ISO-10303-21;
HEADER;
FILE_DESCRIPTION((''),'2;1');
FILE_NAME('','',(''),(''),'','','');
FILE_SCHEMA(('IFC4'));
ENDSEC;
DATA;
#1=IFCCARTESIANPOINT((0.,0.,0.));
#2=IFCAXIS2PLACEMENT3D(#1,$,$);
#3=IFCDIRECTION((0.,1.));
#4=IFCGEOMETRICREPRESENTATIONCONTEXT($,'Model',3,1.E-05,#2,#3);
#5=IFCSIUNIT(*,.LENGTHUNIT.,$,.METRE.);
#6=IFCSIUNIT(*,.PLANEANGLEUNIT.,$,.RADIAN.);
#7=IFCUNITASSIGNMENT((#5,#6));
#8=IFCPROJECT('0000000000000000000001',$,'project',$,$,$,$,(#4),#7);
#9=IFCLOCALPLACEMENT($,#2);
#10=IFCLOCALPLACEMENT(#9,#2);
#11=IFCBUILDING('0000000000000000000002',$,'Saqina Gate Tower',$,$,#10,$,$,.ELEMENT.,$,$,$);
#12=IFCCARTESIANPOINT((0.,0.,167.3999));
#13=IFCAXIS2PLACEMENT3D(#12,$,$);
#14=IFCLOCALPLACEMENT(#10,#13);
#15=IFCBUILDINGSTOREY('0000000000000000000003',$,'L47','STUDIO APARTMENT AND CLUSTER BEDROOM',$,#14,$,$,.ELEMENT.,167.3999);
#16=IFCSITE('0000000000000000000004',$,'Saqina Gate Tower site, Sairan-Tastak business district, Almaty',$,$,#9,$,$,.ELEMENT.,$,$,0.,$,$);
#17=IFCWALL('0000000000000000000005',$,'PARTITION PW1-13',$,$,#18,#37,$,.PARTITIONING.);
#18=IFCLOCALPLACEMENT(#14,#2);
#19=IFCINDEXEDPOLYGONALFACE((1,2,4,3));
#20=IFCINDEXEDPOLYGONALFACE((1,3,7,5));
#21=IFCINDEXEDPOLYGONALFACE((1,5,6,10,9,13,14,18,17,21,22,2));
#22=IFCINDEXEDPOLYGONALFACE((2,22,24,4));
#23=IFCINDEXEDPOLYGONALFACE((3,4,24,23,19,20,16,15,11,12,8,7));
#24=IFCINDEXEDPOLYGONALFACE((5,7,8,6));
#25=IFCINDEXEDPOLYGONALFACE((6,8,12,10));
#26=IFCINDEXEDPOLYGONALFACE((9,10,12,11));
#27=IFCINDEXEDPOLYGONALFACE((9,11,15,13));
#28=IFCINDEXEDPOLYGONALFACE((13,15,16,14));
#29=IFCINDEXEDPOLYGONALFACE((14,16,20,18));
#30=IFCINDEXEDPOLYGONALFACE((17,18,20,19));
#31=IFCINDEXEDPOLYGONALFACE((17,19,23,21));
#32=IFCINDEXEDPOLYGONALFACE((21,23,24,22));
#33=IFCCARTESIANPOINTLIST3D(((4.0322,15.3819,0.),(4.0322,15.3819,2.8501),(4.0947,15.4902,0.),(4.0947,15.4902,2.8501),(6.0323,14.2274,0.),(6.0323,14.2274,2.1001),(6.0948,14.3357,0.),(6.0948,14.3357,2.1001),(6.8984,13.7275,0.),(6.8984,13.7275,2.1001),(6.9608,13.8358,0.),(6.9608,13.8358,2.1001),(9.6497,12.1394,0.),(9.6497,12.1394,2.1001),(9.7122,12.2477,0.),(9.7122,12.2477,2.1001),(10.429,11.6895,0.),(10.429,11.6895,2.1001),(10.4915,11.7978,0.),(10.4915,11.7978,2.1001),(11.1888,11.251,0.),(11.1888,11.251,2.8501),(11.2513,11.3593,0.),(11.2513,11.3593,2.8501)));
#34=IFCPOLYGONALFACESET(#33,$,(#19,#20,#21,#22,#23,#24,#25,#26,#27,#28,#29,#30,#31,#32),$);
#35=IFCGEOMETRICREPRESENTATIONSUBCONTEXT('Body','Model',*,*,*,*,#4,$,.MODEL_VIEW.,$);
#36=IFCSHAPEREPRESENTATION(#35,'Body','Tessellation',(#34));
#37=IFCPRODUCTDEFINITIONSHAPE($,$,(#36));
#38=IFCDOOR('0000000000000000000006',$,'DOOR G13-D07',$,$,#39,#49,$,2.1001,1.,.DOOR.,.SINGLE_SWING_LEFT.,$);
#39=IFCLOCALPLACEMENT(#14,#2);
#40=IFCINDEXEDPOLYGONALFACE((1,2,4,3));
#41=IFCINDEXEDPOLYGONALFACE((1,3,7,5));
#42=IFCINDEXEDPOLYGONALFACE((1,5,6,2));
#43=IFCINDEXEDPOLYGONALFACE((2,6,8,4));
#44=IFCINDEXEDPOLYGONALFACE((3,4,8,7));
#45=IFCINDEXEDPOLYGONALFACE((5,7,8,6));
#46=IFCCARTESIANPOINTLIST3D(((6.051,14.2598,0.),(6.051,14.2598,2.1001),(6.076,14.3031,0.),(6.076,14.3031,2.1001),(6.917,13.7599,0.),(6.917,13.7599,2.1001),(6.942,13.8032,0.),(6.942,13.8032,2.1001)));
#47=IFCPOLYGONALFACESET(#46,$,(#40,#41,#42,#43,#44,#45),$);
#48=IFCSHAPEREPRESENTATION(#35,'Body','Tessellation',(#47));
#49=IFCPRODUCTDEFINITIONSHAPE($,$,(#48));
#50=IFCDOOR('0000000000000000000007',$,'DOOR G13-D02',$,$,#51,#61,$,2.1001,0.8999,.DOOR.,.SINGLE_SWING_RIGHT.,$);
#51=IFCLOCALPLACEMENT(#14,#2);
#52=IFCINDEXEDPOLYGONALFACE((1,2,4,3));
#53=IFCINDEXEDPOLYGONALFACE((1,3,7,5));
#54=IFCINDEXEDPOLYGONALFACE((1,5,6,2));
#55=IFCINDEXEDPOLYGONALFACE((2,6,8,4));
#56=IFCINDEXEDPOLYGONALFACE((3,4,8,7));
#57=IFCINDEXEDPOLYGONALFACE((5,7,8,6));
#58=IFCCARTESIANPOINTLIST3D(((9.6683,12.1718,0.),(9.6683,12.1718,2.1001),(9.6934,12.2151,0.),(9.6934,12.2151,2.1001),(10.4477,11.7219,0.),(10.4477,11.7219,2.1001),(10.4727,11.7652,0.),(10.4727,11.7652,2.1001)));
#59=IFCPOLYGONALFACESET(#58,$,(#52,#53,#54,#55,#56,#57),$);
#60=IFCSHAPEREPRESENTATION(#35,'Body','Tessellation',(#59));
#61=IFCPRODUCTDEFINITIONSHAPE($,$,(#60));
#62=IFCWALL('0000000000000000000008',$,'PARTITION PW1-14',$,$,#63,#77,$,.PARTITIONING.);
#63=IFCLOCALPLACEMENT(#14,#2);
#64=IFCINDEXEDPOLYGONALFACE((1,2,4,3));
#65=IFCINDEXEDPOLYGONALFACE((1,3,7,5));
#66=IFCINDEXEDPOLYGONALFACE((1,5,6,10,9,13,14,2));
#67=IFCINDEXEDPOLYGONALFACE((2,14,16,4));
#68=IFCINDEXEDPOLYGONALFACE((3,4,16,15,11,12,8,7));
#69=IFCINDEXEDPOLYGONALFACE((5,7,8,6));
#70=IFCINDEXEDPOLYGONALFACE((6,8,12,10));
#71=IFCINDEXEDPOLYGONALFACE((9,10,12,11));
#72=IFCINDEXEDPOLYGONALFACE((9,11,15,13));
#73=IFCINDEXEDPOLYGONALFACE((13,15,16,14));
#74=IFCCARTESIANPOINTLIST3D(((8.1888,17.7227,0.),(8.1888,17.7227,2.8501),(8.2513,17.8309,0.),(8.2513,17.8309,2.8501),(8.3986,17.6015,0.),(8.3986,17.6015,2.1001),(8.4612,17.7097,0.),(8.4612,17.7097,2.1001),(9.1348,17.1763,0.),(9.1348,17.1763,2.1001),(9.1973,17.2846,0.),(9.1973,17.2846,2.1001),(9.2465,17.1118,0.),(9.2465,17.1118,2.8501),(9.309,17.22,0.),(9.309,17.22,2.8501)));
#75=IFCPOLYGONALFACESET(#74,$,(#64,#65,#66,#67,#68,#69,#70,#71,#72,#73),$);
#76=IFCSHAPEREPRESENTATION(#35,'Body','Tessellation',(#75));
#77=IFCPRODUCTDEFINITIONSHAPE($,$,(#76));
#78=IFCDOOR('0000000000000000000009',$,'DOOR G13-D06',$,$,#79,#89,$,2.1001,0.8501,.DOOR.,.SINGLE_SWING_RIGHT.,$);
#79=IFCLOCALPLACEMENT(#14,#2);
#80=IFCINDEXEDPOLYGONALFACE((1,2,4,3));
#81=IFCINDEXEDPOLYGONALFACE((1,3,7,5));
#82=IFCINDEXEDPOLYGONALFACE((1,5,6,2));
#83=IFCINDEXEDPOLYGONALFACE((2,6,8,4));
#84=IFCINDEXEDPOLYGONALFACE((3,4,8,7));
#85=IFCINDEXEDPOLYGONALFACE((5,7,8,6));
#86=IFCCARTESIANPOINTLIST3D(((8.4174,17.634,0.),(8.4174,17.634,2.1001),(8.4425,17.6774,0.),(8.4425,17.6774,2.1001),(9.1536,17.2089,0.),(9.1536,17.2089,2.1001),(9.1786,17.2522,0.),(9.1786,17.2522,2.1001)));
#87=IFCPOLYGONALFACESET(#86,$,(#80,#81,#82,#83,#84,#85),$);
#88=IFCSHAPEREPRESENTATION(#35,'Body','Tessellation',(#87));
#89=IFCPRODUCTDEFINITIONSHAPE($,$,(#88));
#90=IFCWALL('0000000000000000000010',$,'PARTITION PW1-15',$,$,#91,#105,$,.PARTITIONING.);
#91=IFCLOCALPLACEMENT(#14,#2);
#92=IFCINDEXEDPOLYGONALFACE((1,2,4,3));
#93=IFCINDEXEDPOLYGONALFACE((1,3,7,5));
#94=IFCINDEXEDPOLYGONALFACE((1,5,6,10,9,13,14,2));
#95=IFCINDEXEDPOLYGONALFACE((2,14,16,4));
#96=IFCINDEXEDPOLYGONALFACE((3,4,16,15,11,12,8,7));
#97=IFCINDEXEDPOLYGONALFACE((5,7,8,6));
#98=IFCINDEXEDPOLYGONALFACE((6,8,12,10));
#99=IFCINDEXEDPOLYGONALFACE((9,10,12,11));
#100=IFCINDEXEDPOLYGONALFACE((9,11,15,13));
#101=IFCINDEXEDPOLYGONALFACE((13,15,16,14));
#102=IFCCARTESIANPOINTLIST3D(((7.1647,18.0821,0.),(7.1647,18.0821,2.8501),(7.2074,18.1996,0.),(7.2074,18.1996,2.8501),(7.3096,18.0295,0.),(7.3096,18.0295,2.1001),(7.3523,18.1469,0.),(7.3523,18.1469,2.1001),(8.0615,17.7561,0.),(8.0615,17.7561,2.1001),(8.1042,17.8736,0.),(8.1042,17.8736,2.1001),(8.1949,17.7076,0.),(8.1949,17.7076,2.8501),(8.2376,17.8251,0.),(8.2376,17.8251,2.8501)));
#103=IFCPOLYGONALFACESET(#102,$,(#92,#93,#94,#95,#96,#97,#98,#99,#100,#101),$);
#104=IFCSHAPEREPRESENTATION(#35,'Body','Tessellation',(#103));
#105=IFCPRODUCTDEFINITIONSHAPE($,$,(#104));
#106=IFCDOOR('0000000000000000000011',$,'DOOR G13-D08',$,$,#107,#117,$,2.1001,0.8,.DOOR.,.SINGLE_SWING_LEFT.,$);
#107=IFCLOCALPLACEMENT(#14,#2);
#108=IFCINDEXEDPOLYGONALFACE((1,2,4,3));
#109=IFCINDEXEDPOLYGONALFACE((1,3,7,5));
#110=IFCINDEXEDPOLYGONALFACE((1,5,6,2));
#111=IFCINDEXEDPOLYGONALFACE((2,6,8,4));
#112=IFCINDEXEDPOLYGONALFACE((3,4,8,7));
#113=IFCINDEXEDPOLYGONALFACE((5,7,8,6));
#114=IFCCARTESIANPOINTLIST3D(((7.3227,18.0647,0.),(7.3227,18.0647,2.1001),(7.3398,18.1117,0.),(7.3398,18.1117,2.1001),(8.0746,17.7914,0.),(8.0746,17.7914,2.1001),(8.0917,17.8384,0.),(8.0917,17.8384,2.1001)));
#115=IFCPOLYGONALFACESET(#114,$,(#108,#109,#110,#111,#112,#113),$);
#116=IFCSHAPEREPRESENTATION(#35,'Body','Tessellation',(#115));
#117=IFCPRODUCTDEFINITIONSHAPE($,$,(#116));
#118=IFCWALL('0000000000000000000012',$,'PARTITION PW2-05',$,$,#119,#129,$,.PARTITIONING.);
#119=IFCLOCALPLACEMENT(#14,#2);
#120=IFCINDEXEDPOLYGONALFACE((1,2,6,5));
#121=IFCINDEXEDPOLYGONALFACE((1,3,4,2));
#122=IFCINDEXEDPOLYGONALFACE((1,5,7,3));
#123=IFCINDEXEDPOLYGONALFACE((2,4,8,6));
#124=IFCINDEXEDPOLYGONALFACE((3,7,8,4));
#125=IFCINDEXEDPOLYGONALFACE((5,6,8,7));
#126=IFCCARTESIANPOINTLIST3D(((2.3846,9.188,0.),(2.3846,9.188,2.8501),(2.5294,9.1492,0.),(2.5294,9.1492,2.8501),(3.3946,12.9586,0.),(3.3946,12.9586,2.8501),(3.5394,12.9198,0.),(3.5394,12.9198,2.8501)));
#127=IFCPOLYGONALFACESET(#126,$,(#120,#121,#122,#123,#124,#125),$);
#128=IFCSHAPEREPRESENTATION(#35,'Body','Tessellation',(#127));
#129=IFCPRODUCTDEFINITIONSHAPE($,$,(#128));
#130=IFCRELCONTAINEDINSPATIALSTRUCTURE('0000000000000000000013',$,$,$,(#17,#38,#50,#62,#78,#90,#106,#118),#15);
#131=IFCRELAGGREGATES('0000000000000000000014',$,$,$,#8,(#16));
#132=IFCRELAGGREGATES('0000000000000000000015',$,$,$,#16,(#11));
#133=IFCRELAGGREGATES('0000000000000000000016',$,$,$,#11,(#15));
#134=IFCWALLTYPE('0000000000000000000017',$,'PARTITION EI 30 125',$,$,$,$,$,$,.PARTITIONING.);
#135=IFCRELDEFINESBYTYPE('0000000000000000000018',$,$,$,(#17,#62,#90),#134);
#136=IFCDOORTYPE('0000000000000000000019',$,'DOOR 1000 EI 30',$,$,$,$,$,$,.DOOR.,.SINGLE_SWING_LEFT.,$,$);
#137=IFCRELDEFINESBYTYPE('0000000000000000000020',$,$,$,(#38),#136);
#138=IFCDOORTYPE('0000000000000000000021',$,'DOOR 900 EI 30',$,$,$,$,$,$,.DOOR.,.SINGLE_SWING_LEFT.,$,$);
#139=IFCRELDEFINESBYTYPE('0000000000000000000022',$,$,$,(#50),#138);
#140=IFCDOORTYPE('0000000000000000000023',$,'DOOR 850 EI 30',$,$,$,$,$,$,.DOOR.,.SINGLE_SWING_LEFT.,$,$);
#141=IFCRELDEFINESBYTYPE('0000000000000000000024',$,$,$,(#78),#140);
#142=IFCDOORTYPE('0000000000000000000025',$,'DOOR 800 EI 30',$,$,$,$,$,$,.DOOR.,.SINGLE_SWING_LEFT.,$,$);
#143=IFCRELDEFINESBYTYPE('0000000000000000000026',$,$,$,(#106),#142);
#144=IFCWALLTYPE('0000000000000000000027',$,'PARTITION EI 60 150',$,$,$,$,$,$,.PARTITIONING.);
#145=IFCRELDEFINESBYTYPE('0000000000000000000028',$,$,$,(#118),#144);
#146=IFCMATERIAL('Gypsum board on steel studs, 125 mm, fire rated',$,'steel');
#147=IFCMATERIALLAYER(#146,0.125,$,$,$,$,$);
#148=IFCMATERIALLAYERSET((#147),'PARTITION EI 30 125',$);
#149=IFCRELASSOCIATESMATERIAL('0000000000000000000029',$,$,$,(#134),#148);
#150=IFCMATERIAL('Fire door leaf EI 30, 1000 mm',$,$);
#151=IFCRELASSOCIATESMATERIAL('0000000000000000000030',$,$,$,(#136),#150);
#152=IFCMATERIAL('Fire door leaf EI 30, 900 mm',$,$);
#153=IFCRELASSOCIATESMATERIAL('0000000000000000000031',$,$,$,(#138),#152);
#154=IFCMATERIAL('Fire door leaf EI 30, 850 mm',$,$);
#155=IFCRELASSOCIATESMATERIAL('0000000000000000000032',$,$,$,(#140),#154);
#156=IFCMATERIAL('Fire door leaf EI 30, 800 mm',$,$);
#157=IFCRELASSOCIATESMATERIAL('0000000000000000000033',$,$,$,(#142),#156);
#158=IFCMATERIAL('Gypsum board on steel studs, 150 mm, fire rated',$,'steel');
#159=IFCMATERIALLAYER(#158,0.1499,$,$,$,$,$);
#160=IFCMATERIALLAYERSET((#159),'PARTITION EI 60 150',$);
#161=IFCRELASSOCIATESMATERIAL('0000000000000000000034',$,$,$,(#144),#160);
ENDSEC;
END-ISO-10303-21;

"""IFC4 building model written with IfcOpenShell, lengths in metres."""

from ifc_helpers import new_model, si_unit, direction, frame, frame_2d, origin, place, context, subcontext, project, spatial, rectangle, extrude, material, layer, layer_set, type_object, element, fill, save


model = new_model("IFC4")

# Units and contexts
model_context = context("Model", 3, precision=1e-05, world=origin(), true_north=direction((0.0, 1.0)))
body_context = subcontext(model_context, "Body", "Model", "MODEL_VIEW")
ifc_project = project(units=[si_unit("LENGTHUNIT", "METRE"), si_unit("PLANEANGLEUNIT", "RADIAN")], contexts=[model_context])

# Site, building, storey
site_placement = place(None, origin())
site = spatial("IfcSite", under=ifc_project, at=site_placement, Name="Saqina Gate Tower site, Sairan-Tastak business district, Almaty", CompositionType="ELEMENT", RefElevation=0.0)
building_placement = place(site_placement, origin())
building = spatial("IfcBuilding", under=site, at=building_placement, Name="Saqina Gate Tower", CompositionType="ELEMENT")
storey_placement = place(building_placement, frame((0.0, 0.0, 167.3999)))
storey = spatial("IfcBuildingStorey", under=building, at=storey_placement, Name="L47", Description="STUDIO APARTMENT AND CLUSTER BEDROOM", CompositionType="ELEMENT", Elevation=167.3999)

# Shared definitions
ifc_material_1 = material(Name="Gypsum board on steel studs, 125 mm, fire rated", Category="steel")
ifc_layer_1 = layer(ifc_material_1, 0.125)
ifc_layer_set_1 = layer_set([ifc_layer_1], Name="PARTITION EI 30 125")
wall_type_1 = type_object("IfcWallType", Name="PARTITION EI 30 125", PredefinedType="PARTITIONING", material=ifc_layer_set_1)
ifc_material_2 = material(Name="Fire door leaf EI 30, 1000 mm")
door_type_1 = type_object("IfcDoorType", Name="DOOR 1000 EI 30", OperationType="SINGLE_SWING_LEFT", PredefinedType="DOOR", material=ifc_material_2)

# Wall, openings, doors
wall_1_placement = place(storey_placement, frame((4.0635, 15.436, 0.0), z_axis=(0.0, 0.0, 1.0), x_axis=(0.866075, -0.499914, 0.0)))
wall_1 = element("IfcWall", 1, at=wall_1_placement, inside=storey, type_object=wall_type_1, Name="PARTITION PW1-13", PredefinedType="PARTITIONING", context=body_context, shape_type="SweptSolid", body=[
    extrude(rectangle(XDim=8.2632, YDim=0.125, at=frame_2d((4.1316, 0.0))), origin(), (0.0, 0.0, 1.0), 2.8501),
])
opening_1_placement = place(wall_1_placement, frame((6.4861, 0.0, 0.0)))
opening_1 = element("IfcOpeningElement", 2, at=opening_1_placement, cuts=wall_1, PredefinedType="OPENING", context=body_context, shape_type="SweptSolid", body=[
    extrude(rectangle(XDim=0.8999, YDim=2.1001, at=frame_2d((0.45, 1.05))), frame((0.0, 0.0745, 0.0), z_axis=(0.0, -1.0, 0.0), x_axis=(1.0, 0.0, 0.0)), (0.0, 0.0, 1.0), 0.1489),
])
opening_2_placement = place(wall_1_placement, frame((2.3093, 0.0, 0.0)))
opening_2 = element("IfcOpeningElement", 3, at=opening_2_placement, cuts=wall_1, PredefinedType="OPENING", context=body_context, shape_type="SweptSolid", body=[
    extrude(rectangle(XDim=1.0, YDim=2.1001, at=frame_2d((0.5, 1.05))), frame((0.0, 0.0745, 0.0), z_axis=(0.0, -1.0, 0.0), x_axis=(1.0, 0.0, 0.0)), (0.0, 0.0, 1.0), 0.1489),
])
door_1_placement = place(opening_2_placement, origin())
door_1 = element("IfcDoor", 4, at=door_1_placement, inside=storey, type_object=door_type_1, Name="DOOR G13-D07", OperationType="SINGLE_SWING_LEFT", OverallHeight=2.1001, OverallWidth=1.0, PredefinedType="DOOR", context=body_context, shape_type="SweptSolid", body=[
    extrude(rectangle(XDim=1.0, YDim=2.1001, at=frame_2d((0.5, 1.05))), frame((0.0, 0.0249, 0.0), z_axis=(0.0, -1.0, 0.0), x_axis=(1.0, 0.0, 0.0)), (0.0, 0.0, 1.0), 0.05),
])
fill(opening_2, door_1)
ifc_material_3 = material(Name="Fire door leaf EI 30, 900 mm")
door_type_2 = type_object("IfcDoorType", Name="DOOR 900 EI 30", OperationType="SINGLE_SWING_LEFT", PredefinedType="DOOR", material=ifc_material_3)
door_2_placement = place(opening_1_placement, origin())
door_2 = element("IfcDoor", 5, at=door_2_placement, inside=storey, type_object=door_type_2, Name="DOOR G13-D02", OperationType="SINGLE_SWING_RIGHT", OverallHeight=2.1001, OverallWidth=0.8999, PredefinedType="DOOR", context=body_context, shape_type="SweptSolid", body=[
    extrude(rectangle(XDim=0.8999, YDim=2.1001, at=frame_2d((0.45, 1.05))), frame((0.0, 0.0249, 0.0), z_axis=(0.0, -1.0, 0.0), x_axis=(1.0, 0.0, 0.0)), (0.0, 0.0, 1.0), 0.05),
])
fill(opening_1, door_2)

# Walls, openings, doors
wall_2_placement = place(storey_placement, frame((8.22, 17.7769, 0.0), z_axis=(0.0, 0.0, 1.0), x_axis=(0.865946, -0.500138, 0.0)))
wall_2 = element("IfcWall", 6, at=wall_2_placement, inside=storey, type_object=wall_type_1, Name="PARTITION PW1-14", PredefinedType="PARTITIONING", context=body_context, shape_type="SweptSolid", body=[
    extrude(rectangle(XDim=1.2214, YDim=0.125, at=frame_2d((0.6108, 0.0))), origin(), (0.0, 0.0, 1.0), 2.8501),
])
opening_3_placement = place(wall_2_placement, frame((0.2424, 0.0, 0.0)))
opening_3 = element("IfcOpeningElement", 7, at=opening_3_placement, cuts=wall_2, PredefinedType="OPENING", context=body_context, shape_type="SweptSolid", body=[
    extrude(rectangle(XDim=0.8501, YDim=2.1001, at=frame_2d((0.425, 1.05))), frame((0.0, 0.0745, 0.0), z_axis=(0.0, -1.0, 0.0), x_axis=(1.0, 0.0, 0.0)), (0.0, 0.0, 1.0), 0.1489),
])
ifc_material_4 = material(Name="Fire door leaf EI 30, 850 mm")
door_type_3 = type_object("IfcDoorType", Name="DOOR 850 EI 30", OperationType="SINGLE_SWING_LEFT", PredefinedType="DOOR", material=ifc_material_4)
door_3_placement = place(opening_3_placement, frame((0.8501, 0.0, 0.0), z_axis=(0.0, 0.0, 1.0), x_axis=(-1.0, 0.0, 0.0)))
door_3 = element("IfcDoor", 8, at=door_3_placement, inside=storey, type_object=door_type_3, Name="DOOR G13-D06", OperationType="SINGLE_SWING_RIGHT", OverallHeight=2.1001, OverallWidth=0.8501, PredefinedType="DOOR", context=body_context, shape_type="SweptSolid", body=[
    extrude(rectangle(XDim=0.8501, YDim=2.1001, at=frame_2d((0.425, 1.05))), frame((0.0, 0.0249, 0.0), z_axis=(0.0, -1.0, 0.0), x_axis=(1.0, 0.0, 0.0)), (0.0, 0.0, 1.0), 0.05),
])
fill(opening_3, door_3)
wall_3_placement = place(storey_placement, frame((7.186, 18.1409, 0.0), z_axis=(0.0, 0.0, 1.0), x_axis=(0.939832, -0.341636, 0.0)))
wall_3 = element("IfcWall", 9, at=wall_3_placement, inside=storey, type_object=wall_type_1, Name="PARTITION PW1-15", PredefinedType="PARTITIONING", context=body_context, shape_type="SweptSolid", body=[
    extrude(rectangle(XDim=1.0962, YDim=0.125, at=frame_2d((0.5481, 0.0))), origin(), (0.0, 0.0, 1.0), 2.8501),
])
opening_4_placement = place(wall_3_placement, frame((0.1543, 0.0, 0.0)))
opening_4 = element("IfcOpeningElement", 10, at=opening_4_placement, cuts=wall_3, PredefinedType="OPENING", context=body_context, shape_type="SweptSolid", body=[
    extrude(rectangle(XDim=0.8, YDim=2.1001, at=frame_2d((0.3999, 1.05))), frame((0.0, 0.0745, 0.0), z_axis=(0.0, -1.0, 0.0), x_axis=(1.0, 0.0, 0.0)), (0.0, 0.0, 1.0), 0.1489),
])
ifc_material_5 = material(Name="Fire door leaf EI 30, 800 mm")
door_type_4 = type_object("IfcDoorType", Name="DOOR 800 EI 30", OperationType="SINGLE_SWING_LEFT", PredefinedType="DOOR", material=ifc_material_5)
door_4_placement = place(opening_4_placement, frame((0.8, 0.0, 0.0), z_axis=(0.0, 0.0, 1.0), x_axis=(-1.0, 0.0, 0.0)))
door_4 = element("IfcDoor", 11, at=door_4_placement, inside=storey, type_object=door_type_4, Name="DOOR G13-D08", OperationType="SINGLE_SWING_LEFT", OverallHeight=2.1001, OverallWidth=0.8, PredefinedType="DOOR", context=body_context, shape_type="SweptSolid", body=[
    extrude(rectangle(XDim=0.8, YDim=2.1001, at=frame_2d((0.3999, 1.05))), frame((0.0, 0.0249, 0.0), z_axis=(0.0, -1.0, 0.0), x_axis=(1.0, 0.0, 0.0)), (0.0, 0.0, 1.0), 0.05),
])
fill(opening_4, door_4)

# Wall
ifc_material_6 = material(Name="Gypsum board on steel studs, 150 mm, fire rated", Category="steel")
ifc_layer_2 = layer(ifc_material_6, 0.1499)
ifc_layer_set_2 = layer_set([ifc_layer_2], Name="PARTITION EI 60 150")
wall_type_2 = type_object("IfcWallType", Name="PARTITION EI 60 150", PredefinedType="PARTITIONING", material=ifc_layer_set_2)
wall_4_placement = place(storey_placement, frame((2.457, 9.1687, 0.0), z_axis=(0.0, 0.0, 1.0), x_axis=(0.258733, 0.965949, 0.0)))
element("IfcWall", 12, at=wall_4_placement, inside=storey, type_object=wall_type_2, Name="PARTITION PW2-05", PredefinedType="PARTITIONING", context=body_context, shape_type="SweptSolid", body=[
    extrude(rectangle(XDim=3.9036, YDim=0.1499, at=frame_2d((1.9517, 0.0))), origin(), (0.0, 0.0, 1.0), 2.8501),
])

save(model, "model.ifc")
